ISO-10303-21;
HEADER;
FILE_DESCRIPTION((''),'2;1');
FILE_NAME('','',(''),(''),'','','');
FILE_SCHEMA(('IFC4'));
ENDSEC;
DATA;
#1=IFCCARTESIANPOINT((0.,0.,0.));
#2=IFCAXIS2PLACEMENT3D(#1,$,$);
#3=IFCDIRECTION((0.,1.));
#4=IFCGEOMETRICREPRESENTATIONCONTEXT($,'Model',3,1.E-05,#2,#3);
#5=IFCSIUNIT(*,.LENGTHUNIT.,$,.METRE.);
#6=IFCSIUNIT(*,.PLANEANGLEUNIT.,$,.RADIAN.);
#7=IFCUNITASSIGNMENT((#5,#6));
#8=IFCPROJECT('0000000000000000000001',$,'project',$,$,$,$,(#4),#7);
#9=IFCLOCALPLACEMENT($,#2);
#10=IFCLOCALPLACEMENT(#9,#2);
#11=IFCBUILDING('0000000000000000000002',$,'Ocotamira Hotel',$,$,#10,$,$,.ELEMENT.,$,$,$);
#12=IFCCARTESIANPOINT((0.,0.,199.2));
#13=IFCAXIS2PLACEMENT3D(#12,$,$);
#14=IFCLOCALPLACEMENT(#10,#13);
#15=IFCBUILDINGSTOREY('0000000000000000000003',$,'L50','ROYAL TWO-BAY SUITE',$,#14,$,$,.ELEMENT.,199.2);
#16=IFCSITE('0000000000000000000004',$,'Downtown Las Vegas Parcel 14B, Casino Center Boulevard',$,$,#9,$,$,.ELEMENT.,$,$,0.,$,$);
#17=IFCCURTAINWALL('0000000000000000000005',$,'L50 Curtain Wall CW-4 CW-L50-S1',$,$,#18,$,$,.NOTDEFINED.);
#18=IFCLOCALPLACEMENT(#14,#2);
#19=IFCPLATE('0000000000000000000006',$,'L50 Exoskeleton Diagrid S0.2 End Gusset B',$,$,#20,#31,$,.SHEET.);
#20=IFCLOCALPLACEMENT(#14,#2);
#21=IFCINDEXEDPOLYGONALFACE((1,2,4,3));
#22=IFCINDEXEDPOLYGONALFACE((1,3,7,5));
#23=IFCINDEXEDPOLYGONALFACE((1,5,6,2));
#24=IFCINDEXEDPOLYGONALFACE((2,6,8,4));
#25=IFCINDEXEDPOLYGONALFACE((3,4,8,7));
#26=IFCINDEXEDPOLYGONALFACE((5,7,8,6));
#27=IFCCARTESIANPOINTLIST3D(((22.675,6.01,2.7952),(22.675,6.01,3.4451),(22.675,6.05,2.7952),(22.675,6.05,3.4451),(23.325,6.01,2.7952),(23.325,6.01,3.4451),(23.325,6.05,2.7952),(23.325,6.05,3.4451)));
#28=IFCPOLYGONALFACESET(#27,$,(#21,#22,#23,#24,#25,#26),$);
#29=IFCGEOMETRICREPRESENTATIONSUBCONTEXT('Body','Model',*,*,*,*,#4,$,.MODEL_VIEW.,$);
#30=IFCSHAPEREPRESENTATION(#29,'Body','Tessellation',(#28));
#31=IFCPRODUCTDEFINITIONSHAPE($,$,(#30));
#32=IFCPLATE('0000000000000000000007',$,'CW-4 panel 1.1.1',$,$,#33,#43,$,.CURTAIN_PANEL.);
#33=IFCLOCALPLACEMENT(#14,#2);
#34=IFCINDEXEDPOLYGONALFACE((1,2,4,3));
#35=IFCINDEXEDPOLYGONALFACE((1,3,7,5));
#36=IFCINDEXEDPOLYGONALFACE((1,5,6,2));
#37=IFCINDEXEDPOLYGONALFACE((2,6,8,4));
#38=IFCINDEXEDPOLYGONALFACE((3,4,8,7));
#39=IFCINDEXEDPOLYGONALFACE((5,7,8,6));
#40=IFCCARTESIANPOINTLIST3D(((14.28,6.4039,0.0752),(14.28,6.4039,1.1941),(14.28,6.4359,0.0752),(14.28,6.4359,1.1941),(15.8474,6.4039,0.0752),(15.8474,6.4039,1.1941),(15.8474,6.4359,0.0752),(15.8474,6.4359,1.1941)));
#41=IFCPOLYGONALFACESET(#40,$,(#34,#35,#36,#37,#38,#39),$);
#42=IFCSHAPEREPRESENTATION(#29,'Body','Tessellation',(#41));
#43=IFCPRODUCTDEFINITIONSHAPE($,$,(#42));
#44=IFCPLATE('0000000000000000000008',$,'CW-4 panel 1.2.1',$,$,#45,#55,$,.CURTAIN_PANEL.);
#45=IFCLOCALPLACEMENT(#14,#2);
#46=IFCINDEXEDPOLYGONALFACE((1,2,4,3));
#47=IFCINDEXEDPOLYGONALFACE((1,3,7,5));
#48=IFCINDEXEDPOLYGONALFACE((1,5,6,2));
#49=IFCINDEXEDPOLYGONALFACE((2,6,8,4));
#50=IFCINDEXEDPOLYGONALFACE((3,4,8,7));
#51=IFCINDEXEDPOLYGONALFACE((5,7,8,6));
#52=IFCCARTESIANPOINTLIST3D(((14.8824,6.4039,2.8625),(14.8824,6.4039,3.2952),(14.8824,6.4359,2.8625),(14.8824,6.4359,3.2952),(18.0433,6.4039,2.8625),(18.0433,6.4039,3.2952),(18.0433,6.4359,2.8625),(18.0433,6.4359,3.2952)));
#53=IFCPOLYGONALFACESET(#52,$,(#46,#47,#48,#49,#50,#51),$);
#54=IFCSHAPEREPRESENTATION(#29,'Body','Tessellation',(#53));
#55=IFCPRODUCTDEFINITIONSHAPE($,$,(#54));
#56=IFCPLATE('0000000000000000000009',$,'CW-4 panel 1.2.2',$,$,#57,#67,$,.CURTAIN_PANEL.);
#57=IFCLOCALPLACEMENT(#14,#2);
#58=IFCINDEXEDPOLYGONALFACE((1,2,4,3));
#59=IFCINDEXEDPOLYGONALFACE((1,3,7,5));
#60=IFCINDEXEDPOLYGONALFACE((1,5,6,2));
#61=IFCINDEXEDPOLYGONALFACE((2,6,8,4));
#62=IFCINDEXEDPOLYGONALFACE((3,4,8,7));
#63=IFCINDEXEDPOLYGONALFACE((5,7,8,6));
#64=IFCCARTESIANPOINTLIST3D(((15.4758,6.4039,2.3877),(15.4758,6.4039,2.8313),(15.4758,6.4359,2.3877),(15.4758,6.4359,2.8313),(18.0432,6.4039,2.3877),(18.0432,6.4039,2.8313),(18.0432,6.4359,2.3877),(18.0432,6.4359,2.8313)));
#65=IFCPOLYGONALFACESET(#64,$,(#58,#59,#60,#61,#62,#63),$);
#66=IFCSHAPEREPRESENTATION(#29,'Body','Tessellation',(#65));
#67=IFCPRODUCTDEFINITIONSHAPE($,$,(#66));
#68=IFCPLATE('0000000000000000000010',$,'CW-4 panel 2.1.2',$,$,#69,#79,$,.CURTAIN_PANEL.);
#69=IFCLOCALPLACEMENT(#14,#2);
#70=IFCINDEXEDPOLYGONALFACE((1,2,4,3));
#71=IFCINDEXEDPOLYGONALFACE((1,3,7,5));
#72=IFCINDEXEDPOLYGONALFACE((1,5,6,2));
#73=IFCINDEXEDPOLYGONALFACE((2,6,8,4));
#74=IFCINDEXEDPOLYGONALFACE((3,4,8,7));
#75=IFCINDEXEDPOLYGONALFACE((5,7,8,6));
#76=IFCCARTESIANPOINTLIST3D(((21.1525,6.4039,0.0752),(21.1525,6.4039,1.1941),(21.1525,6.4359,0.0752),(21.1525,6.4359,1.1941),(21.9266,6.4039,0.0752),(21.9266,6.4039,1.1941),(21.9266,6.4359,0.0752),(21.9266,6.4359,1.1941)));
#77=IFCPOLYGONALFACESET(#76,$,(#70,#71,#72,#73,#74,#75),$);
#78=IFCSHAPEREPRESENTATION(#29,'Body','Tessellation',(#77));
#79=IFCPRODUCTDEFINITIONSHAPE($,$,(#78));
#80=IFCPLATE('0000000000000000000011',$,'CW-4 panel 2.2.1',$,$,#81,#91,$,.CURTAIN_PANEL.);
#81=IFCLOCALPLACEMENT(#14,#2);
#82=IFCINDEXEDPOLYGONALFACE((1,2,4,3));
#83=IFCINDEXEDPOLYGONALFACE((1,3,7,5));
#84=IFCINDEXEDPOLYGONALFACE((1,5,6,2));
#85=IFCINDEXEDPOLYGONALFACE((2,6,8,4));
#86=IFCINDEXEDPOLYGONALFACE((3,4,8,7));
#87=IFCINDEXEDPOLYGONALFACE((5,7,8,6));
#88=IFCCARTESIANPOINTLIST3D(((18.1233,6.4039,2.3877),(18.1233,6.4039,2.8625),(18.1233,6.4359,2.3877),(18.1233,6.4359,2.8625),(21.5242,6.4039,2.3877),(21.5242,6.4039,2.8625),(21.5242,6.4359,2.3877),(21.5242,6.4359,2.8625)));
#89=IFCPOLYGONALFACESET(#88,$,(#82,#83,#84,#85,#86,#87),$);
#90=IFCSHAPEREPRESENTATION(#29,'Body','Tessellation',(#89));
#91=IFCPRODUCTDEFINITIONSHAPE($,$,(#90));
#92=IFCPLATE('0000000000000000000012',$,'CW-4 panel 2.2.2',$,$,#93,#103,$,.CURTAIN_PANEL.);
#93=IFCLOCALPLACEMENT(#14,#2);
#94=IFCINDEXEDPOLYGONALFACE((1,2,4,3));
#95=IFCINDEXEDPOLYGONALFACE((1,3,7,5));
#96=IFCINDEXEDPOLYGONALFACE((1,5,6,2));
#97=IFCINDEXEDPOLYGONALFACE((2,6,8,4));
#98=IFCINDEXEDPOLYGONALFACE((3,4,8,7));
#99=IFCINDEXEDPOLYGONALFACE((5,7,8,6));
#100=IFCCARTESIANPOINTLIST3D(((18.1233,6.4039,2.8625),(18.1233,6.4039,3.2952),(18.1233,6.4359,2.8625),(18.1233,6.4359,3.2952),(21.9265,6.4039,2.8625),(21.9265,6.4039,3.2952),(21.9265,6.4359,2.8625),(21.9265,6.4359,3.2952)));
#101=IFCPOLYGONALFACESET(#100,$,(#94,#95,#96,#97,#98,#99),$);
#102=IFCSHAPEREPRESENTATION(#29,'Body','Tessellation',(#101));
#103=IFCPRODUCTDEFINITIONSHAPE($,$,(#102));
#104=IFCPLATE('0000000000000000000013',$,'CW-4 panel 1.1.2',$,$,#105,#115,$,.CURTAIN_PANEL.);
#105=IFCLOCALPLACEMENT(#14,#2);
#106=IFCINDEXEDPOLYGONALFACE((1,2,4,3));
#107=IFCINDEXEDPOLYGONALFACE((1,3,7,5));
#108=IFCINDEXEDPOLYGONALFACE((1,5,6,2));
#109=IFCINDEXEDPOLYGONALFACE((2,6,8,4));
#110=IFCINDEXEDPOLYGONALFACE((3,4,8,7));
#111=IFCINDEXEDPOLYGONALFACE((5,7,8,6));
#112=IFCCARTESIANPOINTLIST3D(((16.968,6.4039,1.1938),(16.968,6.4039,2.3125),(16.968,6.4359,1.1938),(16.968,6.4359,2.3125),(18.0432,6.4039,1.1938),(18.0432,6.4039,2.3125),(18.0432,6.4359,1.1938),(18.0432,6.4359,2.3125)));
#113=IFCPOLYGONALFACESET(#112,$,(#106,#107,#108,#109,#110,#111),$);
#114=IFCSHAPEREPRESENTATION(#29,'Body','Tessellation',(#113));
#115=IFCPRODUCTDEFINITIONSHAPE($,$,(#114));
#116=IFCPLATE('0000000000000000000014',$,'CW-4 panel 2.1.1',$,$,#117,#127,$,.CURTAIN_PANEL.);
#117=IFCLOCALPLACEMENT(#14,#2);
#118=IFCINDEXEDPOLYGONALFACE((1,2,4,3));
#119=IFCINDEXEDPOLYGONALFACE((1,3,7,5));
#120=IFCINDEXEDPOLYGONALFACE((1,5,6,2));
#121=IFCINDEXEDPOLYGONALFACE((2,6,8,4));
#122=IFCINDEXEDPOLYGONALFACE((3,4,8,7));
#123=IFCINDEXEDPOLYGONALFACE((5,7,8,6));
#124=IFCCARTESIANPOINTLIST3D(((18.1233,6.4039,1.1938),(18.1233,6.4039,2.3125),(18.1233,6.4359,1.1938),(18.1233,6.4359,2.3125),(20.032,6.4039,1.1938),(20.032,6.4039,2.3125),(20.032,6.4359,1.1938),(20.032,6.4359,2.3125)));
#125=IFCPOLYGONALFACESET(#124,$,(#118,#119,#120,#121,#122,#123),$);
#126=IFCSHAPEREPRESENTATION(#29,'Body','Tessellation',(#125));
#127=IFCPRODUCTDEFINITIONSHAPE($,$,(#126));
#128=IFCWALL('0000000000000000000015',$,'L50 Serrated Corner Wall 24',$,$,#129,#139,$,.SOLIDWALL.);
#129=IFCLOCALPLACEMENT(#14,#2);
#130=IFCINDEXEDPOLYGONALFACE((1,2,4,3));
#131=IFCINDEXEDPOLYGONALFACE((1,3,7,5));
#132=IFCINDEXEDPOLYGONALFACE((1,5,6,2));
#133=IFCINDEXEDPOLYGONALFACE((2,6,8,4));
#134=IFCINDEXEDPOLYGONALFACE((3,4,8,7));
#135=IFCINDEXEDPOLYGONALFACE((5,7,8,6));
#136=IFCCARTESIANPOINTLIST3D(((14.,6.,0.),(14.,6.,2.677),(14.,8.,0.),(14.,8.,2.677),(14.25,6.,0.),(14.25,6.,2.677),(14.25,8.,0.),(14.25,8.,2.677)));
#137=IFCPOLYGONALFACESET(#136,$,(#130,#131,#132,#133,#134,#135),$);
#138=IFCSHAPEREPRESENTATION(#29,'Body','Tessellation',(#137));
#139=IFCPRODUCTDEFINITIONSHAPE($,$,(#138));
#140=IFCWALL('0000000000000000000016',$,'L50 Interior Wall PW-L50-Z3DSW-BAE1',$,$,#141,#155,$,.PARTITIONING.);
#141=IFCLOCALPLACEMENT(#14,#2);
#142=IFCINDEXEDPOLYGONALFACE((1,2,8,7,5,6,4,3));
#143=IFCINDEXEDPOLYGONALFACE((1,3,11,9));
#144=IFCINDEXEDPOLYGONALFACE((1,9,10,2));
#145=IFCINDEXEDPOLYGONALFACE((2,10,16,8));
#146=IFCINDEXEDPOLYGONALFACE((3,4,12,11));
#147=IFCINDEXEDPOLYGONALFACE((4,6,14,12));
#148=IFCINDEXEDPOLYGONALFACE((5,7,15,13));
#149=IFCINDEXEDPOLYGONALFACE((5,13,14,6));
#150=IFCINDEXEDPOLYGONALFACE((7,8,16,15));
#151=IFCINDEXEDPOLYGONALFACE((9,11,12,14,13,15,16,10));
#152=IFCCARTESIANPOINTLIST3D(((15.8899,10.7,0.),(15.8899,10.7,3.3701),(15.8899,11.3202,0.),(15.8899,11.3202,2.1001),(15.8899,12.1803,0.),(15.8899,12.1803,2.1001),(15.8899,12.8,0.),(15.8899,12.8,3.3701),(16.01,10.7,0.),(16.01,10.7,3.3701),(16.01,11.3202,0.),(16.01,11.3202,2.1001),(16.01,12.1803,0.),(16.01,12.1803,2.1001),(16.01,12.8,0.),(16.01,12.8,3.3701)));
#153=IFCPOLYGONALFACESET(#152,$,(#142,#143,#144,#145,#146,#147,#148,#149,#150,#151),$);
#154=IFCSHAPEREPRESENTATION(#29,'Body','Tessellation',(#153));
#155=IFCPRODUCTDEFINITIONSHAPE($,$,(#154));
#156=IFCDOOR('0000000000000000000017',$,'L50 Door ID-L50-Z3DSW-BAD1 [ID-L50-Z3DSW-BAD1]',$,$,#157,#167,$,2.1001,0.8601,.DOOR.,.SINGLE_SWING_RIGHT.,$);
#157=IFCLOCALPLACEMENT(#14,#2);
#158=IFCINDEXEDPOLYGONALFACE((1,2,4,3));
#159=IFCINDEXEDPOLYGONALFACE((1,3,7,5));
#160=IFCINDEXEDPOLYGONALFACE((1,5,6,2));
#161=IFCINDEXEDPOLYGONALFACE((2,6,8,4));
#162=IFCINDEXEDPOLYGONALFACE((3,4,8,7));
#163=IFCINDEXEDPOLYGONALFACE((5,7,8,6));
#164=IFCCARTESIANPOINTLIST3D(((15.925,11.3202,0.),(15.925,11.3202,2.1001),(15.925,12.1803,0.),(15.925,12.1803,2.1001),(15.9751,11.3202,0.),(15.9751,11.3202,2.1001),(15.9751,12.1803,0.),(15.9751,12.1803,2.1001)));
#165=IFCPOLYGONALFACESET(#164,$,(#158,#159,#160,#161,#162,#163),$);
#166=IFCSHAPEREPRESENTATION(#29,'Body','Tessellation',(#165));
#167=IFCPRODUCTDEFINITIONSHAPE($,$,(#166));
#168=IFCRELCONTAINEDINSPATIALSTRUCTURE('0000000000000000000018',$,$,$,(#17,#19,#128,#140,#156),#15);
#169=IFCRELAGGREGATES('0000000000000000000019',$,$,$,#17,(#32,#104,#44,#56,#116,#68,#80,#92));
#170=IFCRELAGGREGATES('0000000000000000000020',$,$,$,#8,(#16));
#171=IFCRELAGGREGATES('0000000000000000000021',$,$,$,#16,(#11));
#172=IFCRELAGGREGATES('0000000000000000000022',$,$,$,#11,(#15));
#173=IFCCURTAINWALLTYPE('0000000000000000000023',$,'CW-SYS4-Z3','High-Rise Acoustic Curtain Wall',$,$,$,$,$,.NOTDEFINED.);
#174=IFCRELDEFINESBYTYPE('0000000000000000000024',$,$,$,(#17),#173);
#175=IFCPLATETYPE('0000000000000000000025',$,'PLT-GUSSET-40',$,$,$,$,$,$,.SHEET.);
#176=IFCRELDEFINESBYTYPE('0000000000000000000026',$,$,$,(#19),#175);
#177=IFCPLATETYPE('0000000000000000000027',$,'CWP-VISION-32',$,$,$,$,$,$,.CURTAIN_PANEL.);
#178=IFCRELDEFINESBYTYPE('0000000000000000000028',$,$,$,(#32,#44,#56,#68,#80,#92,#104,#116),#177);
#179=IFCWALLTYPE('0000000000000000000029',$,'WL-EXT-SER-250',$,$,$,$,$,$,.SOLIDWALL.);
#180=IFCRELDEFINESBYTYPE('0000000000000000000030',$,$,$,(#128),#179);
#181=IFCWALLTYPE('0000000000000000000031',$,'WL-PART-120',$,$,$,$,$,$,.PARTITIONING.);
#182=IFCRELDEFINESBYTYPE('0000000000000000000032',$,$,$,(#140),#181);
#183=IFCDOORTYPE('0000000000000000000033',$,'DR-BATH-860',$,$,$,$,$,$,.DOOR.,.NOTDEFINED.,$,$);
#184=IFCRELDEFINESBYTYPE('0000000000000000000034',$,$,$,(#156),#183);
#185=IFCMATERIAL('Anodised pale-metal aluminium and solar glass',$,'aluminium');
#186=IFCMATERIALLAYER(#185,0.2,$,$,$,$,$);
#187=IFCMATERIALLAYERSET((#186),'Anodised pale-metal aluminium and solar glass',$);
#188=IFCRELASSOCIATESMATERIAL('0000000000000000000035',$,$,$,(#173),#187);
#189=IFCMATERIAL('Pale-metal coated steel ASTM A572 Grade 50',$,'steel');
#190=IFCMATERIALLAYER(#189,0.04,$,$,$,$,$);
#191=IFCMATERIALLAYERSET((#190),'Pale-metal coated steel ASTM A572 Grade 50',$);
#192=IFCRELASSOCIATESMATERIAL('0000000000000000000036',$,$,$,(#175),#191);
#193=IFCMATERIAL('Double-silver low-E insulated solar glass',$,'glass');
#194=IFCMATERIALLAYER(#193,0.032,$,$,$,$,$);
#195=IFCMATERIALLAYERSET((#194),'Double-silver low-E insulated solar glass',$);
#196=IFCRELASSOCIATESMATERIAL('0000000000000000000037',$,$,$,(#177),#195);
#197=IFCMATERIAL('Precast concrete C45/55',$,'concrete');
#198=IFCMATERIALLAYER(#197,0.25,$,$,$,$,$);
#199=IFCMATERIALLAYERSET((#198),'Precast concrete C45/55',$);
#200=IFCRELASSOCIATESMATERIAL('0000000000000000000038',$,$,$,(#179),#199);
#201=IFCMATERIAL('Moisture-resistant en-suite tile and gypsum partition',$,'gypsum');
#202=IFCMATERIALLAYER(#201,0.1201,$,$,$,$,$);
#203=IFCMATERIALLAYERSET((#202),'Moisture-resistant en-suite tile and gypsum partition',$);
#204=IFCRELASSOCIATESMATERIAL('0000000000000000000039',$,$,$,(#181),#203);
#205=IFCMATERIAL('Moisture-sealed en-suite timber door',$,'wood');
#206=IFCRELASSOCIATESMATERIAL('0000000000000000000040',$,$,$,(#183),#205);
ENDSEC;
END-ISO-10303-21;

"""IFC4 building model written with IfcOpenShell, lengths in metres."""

from ifc_helpers import new_model, si_unit, direction, frame, frame_2d, origin, origin_2d, place, context, subcontext, project, spatial, rectangle, extrude, source, transform, mapped, material, layer, layer_set, type_object, element, fill, aggregate, save


model = new_model("IFC4")

# Units and contexts
model_context = context("Model", 3, precision=1e-05, world=origin(), true_north=direction((0.0, 1.0)))
body_context = subcontext(model_context, "Body", "Model", "MODEL_VIEW")
ifc_project = project(units=[si_unit("LENGTHUNIT", "METRE"), si_unit("PLANEANGLEUNIT", "RADIAN")], contexts=[model_context])

# Site, building, storey
site_placement = place(None, origin())
site = spatial("IfcSite", under=ifc_project, at=site_placement, Name="Downtown Las Vegas Parcel 14B, Casino Center Boulevard", CompositionType="ELEMENT", RefElevation=0.0)
building_placement = place(site_placement, origin())
building = spatial("IfcBuilding", under=site, at=building_placement, Name="Ocotamira Hotel", CompositionType="ELEMENT")
storey_placement = place(building_placement, frame((0.0, 0.0, 199.2)))
storey = spatial("IfcBuildingStorey", under=building, at=storey_placement, Name="L50", Description="ROYAL TWO-BAY SUITE", CompositionType="ELEMENT", Elevation=199.2)

# Curtain wall
ifc_material_1 = material(Name="Anodised pale-metal aluminium and solar glass", Category="aluminium")
ifc_layer_1 = layer(ifc_material_1, 0.2)
ifc_layer_set_1 = layer_set([ifc_layer_1], Name="Anodised pale-metal aluminium and solar glass")
curtain_wall_type = type_object("IfcCurtainWallType", Name="CW-SYS4-Z3", Description="High-Rise Acoustic Curtain Wall", PredefinedType="NOTDEFINED", material=ifc_layer_set_1)
curtain_wall_placement = place(storey_placement, origin())
curtain_wall = element("IfcCurtainWall", 1, at=curtain_wall_placement, inside=storey, type_object=curtain_wall_type, Name="L50 Curtain Wall CW-4 CW-L50-S1", PredefinedType="NOTDEFINED")

# Plates
ifc_material_2 = material(Name="Pale-metal coated steel ASTM A572 Grade 50", Category="steel")
ifc_layer_2 = layer(ifc_material_2, 0.04)
ifc_layer_set_2 = layer_set([ifc_layer_2], Name="Pale-metal coated steel ASTM A572 Grade 50")
plate_type_1 = type_object("IfcPlateType", Name="PLT-GUSSET-40", PredefinedType="SHEET", material=ifc_layer_set_2)
shared_shape_1 = source(origin(), body_context, "Body", "SweptSolid", [
    extrude(rectangle(XDim=0.6499, YDim=0.04, at=origin_2d()), origin(), (0.0, 0.0, 1.0), 0.6499),
])
plate_1_placement = place(storey_placement, frame((23.0, 6.03, 2.7952), z_axis=(0.0, 0.0, 1.0), x_axis=(1.0, 0.0, 0.0)))
element("IfcPlate", 2, at=plate_1_placement, inside=storey, type_object=plate_type_1, Name="L50 Exoskeleton Diagrid S0.2 End Gusset B", PredefinedType="SHEET", context=body_context, shape_type="MappedRepresentation", body=[
    mapped(shared_shape_1, transform((0.0, 0.0, 0.0), scale=1.0)),
])
ifc_material_3 = material(Name="Double-silver low-E insulated solar glass", Category="glass")
ifc_layer_3 = layer(ifc_material_3, 0.032)
ifc_layer_set_3 = layer_set([ifc_layer_3], Name="Double-silver low-E insulated solar glass")
plate_type_2 = type_object("IfcPlateType", Name="CWP-VISION-32", PredefinedType="CURTAIN_PANEL", material=ifc_layer_set_3)
shared_shape_2 = source(origin(), body_context, "Body", "SweptSolid", [
    extrude(rectangle(XDim=1.5674, YDim=0.032, at=origin_2d()), origin(), (0.0, 0.0, 1.0), 1.1189),
])
plate_2_placement = place(storey_placement, frame((15.0637, 6.4199, 0.0752), z_axis=(0.0, 0.0, 1.0), x_axis=(1.0, 0.0, 0.0)))
plate_2 = element("IfcPlate", 3, at=plate_2_placement, type_object=plate_type_2, Name="CW-4 panel 1.1.1", PredefinedType="CURTAIN_PANEL", context=body_context, shape_type="MappedRepresentation", body=[
    mapped(shared_shape_2, transform((0.0, 0.0, 0.0), scale=1.0)),
])
shared_shape_3 = source(origin(), body_context, "Body", "SweptSolid", [
    extrude(rectangle(XDim=3.1609, YDim=0.032, at=origin_2d()), origin(), (0.0, 0.0, 1.0), 0.4326),
])
plate_3_placement = place(storey_placement, frame((16.4629, 6.4199, 2.8625), z_axis=(0.0, 0.0, 1.0), x_axis=(1.0, 0.0, 0.0)))
plate_3 = element("IfcPlate", 4, at=plate_3_placement, type_object=plate_type_2, Name="CW-4 panel 1.2.1", PredefinedType="CURTAIN_PANEL", context=body_context, shape_type="MappedRepresentation", body=[
    mapped(shared_shape_3, transform((0.0, 0.0, 0.0), scale=1.0)),
])
shared_shape_4 = source(origin(), body_context, "Body", "SweptSolid", [
    extrude(rectangle(XDim=2.5674, YDim=0.032, at=origin_2d()), origin(), (0.0, 0.0, 1.0), 0.4436),
])
plate_4_placement = place(storey_placement, frame((16.7595, 6.4199, 2.3877), z_axis=(0.0, 0.0, 1.0), x_axis=(1.0, 0.0, 0.0)))
plate_4 = element("IfcPlate", 5, at=plate_4_placement, type_object=plate_type_2, Name="CW-4 panel 1.2.2", PredefinedType="CURTAIN_PANEL", context=body_context, shape_type="MappedRepresentation", body=[
    mapped(shared_shape_4, transform((0.0, 0.0, 0.0), scale=1.0)),
])
shared_shape_5 = source(origin(), body_context, "Body", "SweptSolid", [
    extrude(rectangle(XDim=0.7742, YDim=0.032, at=origin_2d()), origin(), (0.0, 0.0, 1.0), 1.1189),
])
plate_5_placement = place(storey_placement, frame((21.5396, 6.4199, 0.0752), z_axis=(0.0, 0.0, 1.0), x_axis=(1.0, 0.0, 0.0)))
plate_5 = element("IfcPlate", 6, at=plate_5_placement, type_object=plate_type_2, Name="CW-4 panel 2.1.2", PredefinedType="CURTAIN_PANEL", context=body_context, shape_type="MappedRepresentation", body=[
    mapped(shared_shape_5, transform((0.0, 0.0, 0.0), scale=1.0)),
])
shared_shape_6 = source(origin(), body_context, "Body", "SweptSolid", [
    extrude(rectangle(XDim=3.4009, YDim=0.032, at=origin_2d()), origin(), (0.0, 0.0, 1.0), 0.4749),
])
plate_6_placement = place(storey_placement, frame((19.8237, 6.4199, 2.3877), z_axis=(0.0, 0.0, 1.0), x_axis=(1.0, 0.0, 0.0)))
plate_6 = element("IfcPlate", 7, at=plate_6_placement, type_object=plate_type_2, Name="CW-4 panel 2.2.1", PredefinedType="CURTAIN_PANEL", context=body_context, shape_type="MappedRepresentation", body=[
    mapped(shared_shape_6, transform((0.0, 0.0, 0.0), scale=1.0)),
])
shared_shape_7 = source(origin(), body_context, "Body", "SweptSolid", [
    extrude(rectangle(XDim=3.8032, YDim=0.032, at=origin_2d()), origin(), (0.0, 0.0, 1.0), 0.4326),
])
plate_7_placement = place(storey_placement, frame((20.0249, 6.4199, 2.8625), z_axis=(0.0, 0.0, 1.0), x_axis=(1.0, 0.0, 0.0)))
plate_7 = element("IfcPlate", 8, at=plate_7_placement, type_object=plate_type_2, Name="CW-4 panel 2.2.2", PredefinedType="CURTAIN_PANEL", context=body_context, shape_type="MappedRepresentation", body=[
    mapped(shared_shape_7, transform((0.0, 0.0, 0.0), scale=1.0)),
])
shared_shape_8 = source(origin(), body_context, "Body", "SweptSolid", [
    extrude(rectangle(XDim=1.0752, YDim=0.032, at=origin_2d()), origin(), (0.0, 0.0, 1.0), 1.1187),
])
plate_8_placement = place(storey_placement, frame((17.5056, 6.4199, 1.1938), z_axis=(0.0, 0.0, 1.0), x_axis=(1.0, 0.0, 0.0)))
plate_8 = element("IfcPlate", 9, at=plate_8_placement, type_object=plate_type_2, Name="CW-4 panel 1.1.2", PredefinedType="CURTAIN_PANEL", context=body_context, shape_type="MappedRepresentation", body=[
    mapped(shared_shape_8, transform((0.0, 0.0, 0.0), scale=1.0)),
])
shared_shape_9 = source(origin(), body_context, "Body", "SweptSolid", [
    extrude(rectangle(XDim=1.9087, YDim=0.032, at=origin_2d()), origin(), (0.0, 0.0, 1.0), 1.1187),
])
plate_9_placement = place(storey_placement, frame((19.0776, 6.4199, 1.1938), z_axis=(0.0, 0.0, 1.0), x_axis=(1.0, 0.0, 0.0)))
plate_9 = element("IfcPlate", 10, at=plate_9_placement, type_object=plate_type_2, Name="CW-4 panel 2.1.1", PredefinedType="CURTAIN_PANEL", context=body_context, shape_type="MappedRepresentation", body=[
    mapped(shared_shape_9, transform((0.0, 0.0, 0.0), scale=1.0)),
])
aggregate(curtain_wall, [plate_2, plate_8, plate_3, plate_4, plate_9, plate_5, plate_6, plate_7])

# Wall
ifc_material_4 = material(Name="Precast concrete C45/55", Category="concrete")
ifc_layer_4 = layer(ifc_material_4, 0.25)
ifc_layer_set_4 = layer_set([ifc_layer_4], Name="Precast concrete C45/55")
wall_type_1 = type_object("IfcWallType", Name="WL-EXT-SER-250", PredefinedType="SOLIDWALL", material=ifc_layer_set_4)
wall_1_placement = place(storey_placement, frame((14.125, 8.0, 0.0), z_axis=(0.0, 0.0, 1.0), x_axis=(0.0, -1.0, 0.0)))
element("IfcWall", 11, at=wall_1_placement, inside=storey, type_object=wall_type_1, Name="L50 Serrated Corner Wall 24", PredefinedType="SOLIDWALL", context=body_context, shape_type="SweptSolid", body=[
    extrude(rectangle(XDim=2.0, YDim=0.25, at=frame_2d((1.0, 0.0))), origin(), (0.0, 0.0, 1.0), 2.677),
])

# Wall, opening, door
ifc_material_5 = material(Name="Moisture-resistant en-suite tile and gypsum partition", Category="gypsum")
ifc_layer_5 = layer(ifc_material_5, 0.1201)
ifc_layer_set_5 = layer_set([ifc_layer_5], Name="Moisture-resistant en-suite tile and gypsum partition")
wall_type_2 = type_object("IfcWallType", Name="WL-PART-120", PredefinedType="PARTITIONING", material=ifc_layer_set_5)
wall_2_placement = place(storey_placement, frame((15.95, 10.7, 0.0), z_axis=(0.0, 0.0, 1.0), x_axis=(0.0, 1.0, 0.0)))
wall_2 = element("IfcWall", 12, at=wall_2_placement, inside=storey, type_object=wall_type_2, Name="L50 Interior Wall PW-L50-Z3DSW-BAE1", PredefinedType="PARTITIONING", context=body_context, shape_type="SweptSolid", body=[
    extrude(rectangle(XDim=2.1001, YDim=0.1201, at=frame_2d((1.05, 0.0))), origin(), (0.0, 0.0, 1.0), 3.3701),
])
opening_placement = place(wall_2_placement, frame((0.6201, 0.0, 0.0)))
opening = element("IfcOpeningElement", 13, at=opening_placement, cuts=wall_2, PredefinedType="OPENING", context=body_context, shape_type="SweptSolid", body=[
    extrude(rectangle(XDim=0.8601, YDim=2.1001, at=frame_2d((0.4302, 1.05))), frame((0.0, 0.0701, 0.0), z_axis=(0.0, -1.0, 0.0), x_axis=(1.0, 0.0, 0.0)), (0.0, 0.0, 1.0), 0.1401),
])
ifc_material_6 = material(Name="Moisture-sealed en-suite timber door", Category="wood")
door_type = type_object("IfcDoorType", Name="DR-BATH-860", OperationType="NOTDEFINED", PredefinedType="DOOR", material=ifc_material_6)
shared_shape_10 = source(origin(), body_context, "Body", "SweptSolid", [
    extrude(rectangle(XDim=0.8601, YDim=2.1001, at=frame_2d((0.4302, 1.05))), frame((0.0, 0.0249, 0.0), z_axis=(0.0, -1.0, 0.0), x_axis=(1.0, 0.0, 0.0)), (0.0, 0.0, 1.0), 0.05),
])
door_placement = place(opening_placement, origin())
door = element("IfcDoor", 14, at=door_placement, inside=storey, type_object=door_type, Name="L50 Door ID-L50-Z3DSW-BAD1 [ID-L50-Z3DSW-BAD1]", OperationType="SINGLE_SWING_RIGHT", OverallHeight=2.1001, OverallWidth=0.8601, PredefinedType="DOOR", context=body_context, shape_type="MappedRepresentation", body=[
    mapped(shared_shape_10, transform((0.0, 0.0, 0.0), scale=1.0)),
])
fill(opening, door)

save(model, "model.ifc")
